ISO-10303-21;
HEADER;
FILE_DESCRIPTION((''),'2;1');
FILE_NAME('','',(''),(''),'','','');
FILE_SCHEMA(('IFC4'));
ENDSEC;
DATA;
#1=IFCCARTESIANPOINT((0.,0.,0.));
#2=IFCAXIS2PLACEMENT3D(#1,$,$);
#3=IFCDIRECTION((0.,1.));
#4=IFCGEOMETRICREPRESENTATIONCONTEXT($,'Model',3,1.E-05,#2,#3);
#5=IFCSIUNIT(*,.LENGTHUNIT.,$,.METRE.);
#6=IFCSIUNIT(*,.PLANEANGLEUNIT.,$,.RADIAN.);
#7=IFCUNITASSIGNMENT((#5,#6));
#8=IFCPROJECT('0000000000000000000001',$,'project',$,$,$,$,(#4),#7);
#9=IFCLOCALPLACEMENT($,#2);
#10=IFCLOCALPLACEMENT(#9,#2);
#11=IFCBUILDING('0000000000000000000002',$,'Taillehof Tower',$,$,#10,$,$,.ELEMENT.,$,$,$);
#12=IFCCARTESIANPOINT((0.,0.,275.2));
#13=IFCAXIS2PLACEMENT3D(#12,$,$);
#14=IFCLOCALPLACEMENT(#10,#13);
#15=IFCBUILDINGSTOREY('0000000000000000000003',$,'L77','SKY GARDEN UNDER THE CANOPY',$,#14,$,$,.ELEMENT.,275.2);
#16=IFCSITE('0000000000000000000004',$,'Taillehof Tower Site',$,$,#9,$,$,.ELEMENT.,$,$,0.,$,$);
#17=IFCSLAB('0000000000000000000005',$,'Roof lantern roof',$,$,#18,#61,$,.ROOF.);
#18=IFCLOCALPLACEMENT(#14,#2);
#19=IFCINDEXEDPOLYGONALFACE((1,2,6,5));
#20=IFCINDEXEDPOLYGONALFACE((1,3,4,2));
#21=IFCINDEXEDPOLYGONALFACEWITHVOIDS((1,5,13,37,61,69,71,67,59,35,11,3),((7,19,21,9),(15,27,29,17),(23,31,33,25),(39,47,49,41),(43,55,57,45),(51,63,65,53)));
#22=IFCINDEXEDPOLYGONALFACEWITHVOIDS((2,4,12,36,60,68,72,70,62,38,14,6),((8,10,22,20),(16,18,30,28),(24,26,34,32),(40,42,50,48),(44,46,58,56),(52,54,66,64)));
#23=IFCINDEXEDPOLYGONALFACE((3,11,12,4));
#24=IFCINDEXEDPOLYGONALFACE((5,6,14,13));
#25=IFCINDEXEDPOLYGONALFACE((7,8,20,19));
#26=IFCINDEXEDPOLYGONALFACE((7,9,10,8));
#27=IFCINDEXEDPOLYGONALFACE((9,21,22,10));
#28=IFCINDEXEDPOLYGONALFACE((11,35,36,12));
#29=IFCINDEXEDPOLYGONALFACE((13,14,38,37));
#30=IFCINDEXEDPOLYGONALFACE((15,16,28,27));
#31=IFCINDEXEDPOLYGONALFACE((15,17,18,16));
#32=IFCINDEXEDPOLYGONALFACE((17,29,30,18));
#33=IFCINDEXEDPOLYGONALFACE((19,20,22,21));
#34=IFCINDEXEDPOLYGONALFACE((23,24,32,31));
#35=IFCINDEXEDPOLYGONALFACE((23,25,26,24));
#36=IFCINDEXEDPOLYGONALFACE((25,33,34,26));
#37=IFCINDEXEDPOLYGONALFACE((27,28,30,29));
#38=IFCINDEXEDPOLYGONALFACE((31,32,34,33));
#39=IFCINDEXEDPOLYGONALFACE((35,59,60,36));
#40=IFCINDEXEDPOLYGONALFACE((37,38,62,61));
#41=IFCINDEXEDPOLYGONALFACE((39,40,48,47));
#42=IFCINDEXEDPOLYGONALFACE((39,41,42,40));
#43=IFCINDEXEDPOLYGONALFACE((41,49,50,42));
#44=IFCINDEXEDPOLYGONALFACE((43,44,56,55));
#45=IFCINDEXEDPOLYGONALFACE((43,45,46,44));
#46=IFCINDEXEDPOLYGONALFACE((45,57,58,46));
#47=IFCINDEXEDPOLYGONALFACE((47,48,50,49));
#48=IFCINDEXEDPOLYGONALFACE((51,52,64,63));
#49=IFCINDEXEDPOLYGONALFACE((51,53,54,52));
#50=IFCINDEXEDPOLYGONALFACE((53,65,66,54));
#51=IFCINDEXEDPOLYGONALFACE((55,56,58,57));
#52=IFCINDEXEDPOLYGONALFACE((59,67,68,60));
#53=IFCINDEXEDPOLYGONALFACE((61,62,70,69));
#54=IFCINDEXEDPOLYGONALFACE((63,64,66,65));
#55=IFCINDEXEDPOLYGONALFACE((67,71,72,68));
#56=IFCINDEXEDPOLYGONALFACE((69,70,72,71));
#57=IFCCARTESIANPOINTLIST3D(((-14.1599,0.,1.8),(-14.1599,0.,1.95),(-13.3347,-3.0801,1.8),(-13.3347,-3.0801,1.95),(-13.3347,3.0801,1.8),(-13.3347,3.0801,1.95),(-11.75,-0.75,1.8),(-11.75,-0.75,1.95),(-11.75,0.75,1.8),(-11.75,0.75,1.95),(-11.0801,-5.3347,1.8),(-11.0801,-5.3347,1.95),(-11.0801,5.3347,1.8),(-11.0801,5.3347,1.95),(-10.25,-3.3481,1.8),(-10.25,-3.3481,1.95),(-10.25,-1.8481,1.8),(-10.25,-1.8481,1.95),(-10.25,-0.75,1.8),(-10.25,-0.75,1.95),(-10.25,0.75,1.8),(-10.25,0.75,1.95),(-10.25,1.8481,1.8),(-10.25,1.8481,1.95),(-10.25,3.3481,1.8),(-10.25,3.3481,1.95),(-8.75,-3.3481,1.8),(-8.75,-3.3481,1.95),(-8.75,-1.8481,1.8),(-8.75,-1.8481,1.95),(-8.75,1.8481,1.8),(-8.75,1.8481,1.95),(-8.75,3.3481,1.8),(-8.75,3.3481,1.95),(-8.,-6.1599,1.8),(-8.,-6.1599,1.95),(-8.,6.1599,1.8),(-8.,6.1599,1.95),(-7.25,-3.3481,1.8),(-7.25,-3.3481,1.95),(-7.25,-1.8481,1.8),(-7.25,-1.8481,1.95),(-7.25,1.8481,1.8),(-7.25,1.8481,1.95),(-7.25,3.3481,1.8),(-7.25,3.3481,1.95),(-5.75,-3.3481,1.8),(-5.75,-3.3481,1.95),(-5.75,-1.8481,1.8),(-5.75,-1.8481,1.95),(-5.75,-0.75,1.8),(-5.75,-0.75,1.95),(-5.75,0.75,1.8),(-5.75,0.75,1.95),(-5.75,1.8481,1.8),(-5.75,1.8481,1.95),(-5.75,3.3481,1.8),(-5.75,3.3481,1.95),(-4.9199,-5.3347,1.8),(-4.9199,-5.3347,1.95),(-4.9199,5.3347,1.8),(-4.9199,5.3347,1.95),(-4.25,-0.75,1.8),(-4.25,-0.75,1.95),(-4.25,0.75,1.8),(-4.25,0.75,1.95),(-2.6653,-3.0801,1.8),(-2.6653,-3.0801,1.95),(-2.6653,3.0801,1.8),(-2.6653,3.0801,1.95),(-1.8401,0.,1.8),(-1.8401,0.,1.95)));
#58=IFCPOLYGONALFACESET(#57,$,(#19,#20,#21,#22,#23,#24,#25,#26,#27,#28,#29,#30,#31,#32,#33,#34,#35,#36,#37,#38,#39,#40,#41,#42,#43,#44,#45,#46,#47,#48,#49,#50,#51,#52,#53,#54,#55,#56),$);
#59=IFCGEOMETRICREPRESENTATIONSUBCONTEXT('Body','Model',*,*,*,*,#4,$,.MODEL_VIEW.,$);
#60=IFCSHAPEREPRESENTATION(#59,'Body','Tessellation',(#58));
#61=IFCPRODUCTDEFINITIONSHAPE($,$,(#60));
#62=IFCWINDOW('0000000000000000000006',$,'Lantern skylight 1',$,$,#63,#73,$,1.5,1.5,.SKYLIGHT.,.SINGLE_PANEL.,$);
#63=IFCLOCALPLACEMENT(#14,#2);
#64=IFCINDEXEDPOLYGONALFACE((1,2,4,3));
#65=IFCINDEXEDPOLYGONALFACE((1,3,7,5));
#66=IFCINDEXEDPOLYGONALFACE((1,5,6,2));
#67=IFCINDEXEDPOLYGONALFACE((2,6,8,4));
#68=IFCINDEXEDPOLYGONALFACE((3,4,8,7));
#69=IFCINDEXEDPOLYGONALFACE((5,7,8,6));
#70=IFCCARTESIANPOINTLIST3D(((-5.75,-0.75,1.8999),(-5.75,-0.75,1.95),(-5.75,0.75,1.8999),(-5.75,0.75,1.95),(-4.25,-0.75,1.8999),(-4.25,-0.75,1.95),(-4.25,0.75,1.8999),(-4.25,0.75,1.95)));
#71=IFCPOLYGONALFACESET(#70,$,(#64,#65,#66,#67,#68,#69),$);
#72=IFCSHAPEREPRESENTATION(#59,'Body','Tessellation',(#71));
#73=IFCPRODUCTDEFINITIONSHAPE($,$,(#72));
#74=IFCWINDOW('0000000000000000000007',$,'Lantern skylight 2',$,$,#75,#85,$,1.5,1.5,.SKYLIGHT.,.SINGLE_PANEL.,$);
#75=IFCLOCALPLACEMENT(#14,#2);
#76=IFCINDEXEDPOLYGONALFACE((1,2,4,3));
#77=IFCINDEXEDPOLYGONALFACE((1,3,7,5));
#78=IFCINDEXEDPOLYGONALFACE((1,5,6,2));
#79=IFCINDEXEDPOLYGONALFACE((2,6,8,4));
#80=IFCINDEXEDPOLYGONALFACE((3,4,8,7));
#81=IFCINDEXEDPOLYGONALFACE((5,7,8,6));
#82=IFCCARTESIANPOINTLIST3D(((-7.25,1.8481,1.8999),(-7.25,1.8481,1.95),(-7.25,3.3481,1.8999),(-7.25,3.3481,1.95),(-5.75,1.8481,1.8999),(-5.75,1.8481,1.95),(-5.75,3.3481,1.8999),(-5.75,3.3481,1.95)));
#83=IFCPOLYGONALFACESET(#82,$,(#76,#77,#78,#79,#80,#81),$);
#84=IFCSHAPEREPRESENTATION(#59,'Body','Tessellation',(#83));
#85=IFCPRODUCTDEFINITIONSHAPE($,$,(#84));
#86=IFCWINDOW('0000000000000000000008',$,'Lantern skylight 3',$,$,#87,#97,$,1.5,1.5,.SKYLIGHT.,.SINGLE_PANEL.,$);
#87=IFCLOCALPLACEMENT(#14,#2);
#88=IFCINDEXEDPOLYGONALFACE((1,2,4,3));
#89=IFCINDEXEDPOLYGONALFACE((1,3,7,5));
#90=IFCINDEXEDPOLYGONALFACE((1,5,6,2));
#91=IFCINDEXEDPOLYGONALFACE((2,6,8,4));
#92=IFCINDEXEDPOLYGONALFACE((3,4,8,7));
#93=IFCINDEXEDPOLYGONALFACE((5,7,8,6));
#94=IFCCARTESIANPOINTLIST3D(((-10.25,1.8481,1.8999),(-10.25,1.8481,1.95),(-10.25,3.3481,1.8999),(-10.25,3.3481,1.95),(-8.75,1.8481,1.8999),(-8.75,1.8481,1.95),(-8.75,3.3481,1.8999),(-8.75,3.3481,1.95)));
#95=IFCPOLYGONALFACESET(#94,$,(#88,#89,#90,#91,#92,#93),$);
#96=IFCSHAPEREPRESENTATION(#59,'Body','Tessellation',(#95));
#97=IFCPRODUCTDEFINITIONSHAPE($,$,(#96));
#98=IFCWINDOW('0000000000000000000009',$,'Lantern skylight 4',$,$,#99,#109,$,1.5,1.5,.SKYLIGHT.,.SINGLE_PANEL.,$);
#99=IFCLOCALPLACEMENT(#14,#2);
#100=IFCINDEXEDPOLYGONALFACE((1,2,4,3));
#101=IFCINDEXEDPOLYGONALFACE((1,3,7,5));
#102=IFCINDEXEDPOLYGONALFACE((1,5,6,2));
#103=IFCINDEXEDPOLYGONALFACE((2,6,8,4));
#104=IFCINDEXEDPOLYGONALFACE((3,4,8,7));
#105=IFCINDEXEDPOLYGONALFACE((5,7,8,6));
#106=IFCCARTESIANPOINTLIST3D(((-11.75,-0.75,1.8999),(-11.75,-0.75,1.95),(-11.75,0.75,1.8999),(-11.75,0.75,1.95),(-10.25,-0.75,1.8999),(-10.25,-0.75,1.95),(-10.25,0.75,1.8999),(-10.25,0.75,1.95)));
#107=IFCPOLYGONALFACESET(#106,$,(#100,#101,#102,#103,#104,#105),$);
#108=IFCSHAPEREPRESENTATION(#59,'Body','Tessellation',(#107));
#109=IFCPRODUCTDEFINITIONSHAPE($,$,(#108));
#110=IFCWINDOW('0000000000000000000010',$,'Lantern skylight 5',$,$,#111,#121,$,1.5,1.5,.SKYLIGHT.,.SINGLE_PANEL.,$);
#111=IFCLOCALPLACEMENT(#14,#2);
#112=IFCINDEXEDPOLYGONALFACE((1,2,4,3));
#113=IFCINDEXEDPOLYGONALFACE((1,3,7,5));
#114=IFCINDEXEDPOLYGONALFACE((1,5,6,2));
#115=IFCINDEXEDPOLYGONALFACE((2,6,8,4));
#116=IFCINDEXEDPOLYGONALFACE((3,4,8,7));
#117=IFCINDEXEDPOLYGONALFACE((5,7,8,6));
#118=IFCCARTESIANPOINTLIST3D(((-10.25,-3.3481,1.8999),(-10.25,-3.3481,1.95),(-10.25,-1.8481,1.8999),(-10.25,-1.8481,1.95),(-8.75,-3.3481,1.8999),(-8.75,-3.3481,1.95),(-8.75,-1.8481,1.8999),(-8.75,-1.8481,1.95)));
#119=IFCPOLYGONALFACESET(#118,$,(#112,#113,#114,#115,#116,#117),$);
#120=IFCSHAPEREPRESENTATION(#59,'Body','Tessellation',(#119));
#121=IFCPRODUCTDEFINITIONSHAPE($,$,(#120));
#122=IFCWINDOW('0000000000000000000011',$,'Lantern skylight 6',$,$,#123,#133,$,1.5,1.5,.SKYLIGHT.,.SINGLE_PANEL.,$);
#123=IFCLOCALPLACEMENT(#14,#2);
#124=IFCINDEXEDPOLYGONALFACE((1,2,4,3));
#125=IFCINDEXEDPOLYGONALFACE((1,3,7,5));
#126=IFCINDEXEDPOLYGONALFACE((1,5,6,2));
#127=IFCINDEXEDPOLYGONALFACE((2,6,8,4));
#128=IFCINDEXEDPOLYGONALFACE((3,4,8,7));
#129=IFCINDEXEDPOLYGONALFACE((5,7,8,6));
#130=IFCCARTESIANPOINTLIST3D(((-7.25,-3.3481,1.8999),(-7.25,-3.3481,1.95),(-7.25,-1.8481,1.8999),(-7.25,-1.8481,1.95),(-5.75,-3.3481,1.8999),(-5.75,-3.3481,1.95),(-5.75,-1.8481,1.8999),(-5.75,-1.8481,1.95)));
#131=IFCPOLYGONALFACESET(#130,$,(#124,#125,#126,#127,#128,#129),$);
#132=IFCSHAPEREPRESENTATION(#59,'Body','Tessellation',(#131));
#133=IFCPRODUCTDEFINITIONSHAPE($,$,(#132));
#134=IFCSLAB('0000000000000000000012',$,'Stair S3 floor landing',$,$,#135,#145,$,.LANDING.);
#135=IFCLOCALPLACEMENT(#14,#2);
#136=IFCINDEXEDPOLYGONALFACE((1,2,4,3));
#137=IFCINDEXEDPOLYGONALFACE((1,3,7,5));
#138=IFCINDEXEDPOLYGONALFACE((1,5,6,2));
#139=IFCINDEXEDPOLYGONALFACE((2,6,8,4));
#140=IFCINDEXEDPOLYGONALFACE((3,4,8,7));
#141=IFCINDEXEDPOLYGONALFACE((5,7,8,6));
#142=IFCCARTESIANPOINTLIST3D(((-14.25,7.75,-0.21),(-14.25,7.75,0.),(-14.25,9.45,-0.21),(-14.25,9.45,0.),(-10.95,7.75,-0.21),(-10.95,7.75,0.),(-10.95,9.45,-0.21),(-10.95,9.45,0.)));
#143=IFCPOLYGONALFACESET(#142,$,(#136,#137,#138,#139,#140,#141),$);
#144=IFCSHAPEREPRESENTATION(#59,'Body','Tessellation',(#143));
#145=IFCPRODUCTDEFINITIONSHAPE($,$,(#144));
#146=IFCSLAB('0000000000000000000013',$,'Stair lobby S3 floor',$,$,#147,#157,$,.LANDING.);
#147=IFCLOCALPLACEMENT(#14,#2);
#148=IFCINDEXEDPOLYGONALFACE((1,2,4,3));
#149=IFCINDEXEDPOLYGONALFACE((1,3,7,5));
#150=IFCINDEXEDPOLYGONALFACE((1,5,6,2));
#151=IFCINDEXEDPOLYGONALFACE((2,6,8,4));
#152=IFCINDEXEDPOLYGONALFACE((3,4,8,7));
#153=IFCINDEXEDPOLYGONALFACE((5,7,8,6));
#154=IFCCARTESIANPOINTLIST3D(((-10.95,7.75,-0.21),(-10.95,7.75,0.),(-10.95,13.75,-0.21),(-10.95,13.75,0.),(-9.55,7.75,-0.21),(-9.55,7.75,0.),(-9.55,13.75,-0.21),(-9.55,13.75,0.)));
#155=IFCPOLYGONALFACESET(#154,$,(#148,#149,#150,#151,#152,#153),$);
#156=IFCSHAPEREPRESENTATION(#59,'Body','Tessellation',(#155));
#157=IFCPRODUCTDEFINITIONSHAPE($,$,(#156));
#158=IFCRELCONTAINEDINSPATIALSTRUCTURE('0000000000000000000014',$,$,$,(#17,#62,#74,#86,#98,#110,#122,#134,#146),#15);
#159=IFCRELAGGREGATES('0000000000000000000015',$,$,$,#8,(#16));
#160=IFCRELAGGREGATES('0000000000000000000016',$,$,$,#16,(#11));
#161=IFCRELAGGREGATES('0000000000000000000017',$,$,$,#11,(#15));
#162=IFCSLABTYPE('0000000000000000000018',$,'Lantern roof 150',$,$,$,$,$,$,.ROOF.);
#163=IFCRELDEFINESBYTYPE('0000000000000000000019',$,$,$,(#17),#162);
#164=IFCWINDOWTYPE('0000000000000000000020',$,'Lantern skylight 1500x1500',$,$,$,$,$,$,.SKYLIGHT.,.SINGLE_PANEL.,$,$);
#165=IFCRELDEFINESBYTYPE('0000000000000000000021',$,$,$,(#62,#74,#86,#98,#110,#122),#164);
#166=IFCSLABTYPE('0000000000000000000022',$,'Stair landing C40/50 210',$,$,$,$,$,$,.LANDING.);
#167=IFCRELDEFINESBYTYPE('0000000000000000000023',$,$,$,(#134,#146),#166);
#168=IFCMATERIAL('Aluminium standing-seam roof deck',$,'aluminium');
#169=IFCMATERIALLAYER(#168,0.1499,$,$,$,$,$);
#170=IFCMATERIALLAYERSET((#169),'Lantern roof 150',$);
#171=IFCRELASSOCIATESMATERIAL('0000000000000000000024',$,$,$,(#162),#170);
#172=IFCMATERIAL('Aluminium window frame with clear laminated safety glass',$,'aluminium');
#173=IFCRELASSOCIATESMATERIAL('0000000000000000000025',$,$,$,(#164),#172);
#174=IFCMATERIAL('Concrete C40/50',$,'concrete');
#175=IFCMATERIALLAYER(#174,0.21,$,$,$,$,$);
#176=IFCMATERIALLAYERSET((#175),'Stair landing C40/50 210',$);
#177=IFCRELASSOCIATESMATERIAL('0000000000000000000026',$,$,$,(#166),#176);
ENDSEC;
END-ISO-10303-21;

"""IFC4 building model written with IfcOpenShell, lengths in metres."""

from ifc_helpers import new_model, si_unit, direction, frame, origin, origin_2d, place, context, subcontext, project, spatial, polyline, rectangle, outline, extrude, material, layer, layer_set, type_object, element, fill, save


model = new_model("IFC4")

# Units and contexts
model_context = context("Model", 3, precision=1e-05, world=origin(), true_north=direction((0.0, 1.0)))
body_context = subcontext(model_context, "Body", "Model", "MODEL_VIEW")
ifc_project = project(units=[si_unit("LENGTHUNIT", "METRE"), si_unit("PLANEANGLEUNIT", "RADIAN")], contexts=[model_context])

# Site, building, storey
site_placement = place(None, origin())
site = spatial("IfcSite", under=ifc_project, at=site_placement, Name="Taillehof Tower Site", CompositionType="ELEMENT", RefElevation=0.0)
building_placement = place(site_placement, origin())
building = spatial("IfcBuilding", under=site, at=building_placement, Name="Taillehof Tower", CompositionType="ELEMENT")
storey_placement = place(building_placement, frame((0.0, 0.0, 275.2)))
storey = spatial("IfcBuildingStorey", under=building, at=storey_placement, Name="L77", Description="SKY GARDEN UNDER THE CANOPY", CompositionType="ELEMENT", Elevation=275.2)

# Slab, openings, windows
ifc_material_1 = material(Name="Aluminium standing-seam roof deck", Category="aluminium")
ifc_layer_1 = layer(ifc_material_1, 0.1499)
ifc_layer_set_1 = layer_set([ifc_layer_1], Name="Lantern roof 150")
slab_type_1 = type_object("IfcSlabType", Name="Lantern roof 150", PredefinedType="ROOF", material=ifc_layer_set_1)
slab_1_placement = place(storey_placement, frame((0.0, 0.0, 1.8)))
slab_1 = element("IfcSlab", 1, at=slab_1_placement, inside=storey, type_object=slab_type_1, Name="Roof lantern roof", PredefinedType="ROOF", context=body_context, shape_type="SweptSolid", body=[
    extrude(outline(polyline([(-1.8401, 0.0), (-2.6653, 3.0801), (-4.9199, 5.3347), (-8.0, 6.1599), (-11.0801, 5.3347), (-13.3347, 3.0801), (-14.1599, 0.0), (-13.3347, -3.0801), (-11.0801, -5.3347), (-8.0, -6.1599), (-4.9199, -5.3347), (-2.6653, -3.0801), (-1.8401, 0.0)])), origin(), (0.0, 0.0, 1.0), 0.1499),
])
opening_1_placement = place(slab_1_placement, frame((-5.0, 0.0, 0.0)))
opening_1 = element("IfcOpeningElement", 2, at=opening_1_placement, cuts=slab_1, PredefinedType="OPENING", context=body_context, shape_type="SweptSolid", body=[
    extrude(rectangle(XDim=1.5, YDim=1.5, at=origin_2d()), origin(), (0.0, 0.0, 1.0), 0.1499),
])
opening_2_placement = place(slab_1_placement, frame((-6.5, 2.5981, 0.0)))
opening_2 = element("IfcOpeningElement", 3, at=opening_2_placement, cuts=slab_1, PredefinedType="OPENING", context=body_context, shape_type="SweptSolid", body=[
    extrude(rectangle(XDim=1.5, YDim=1.5, at=origin_2d()), origin(), (0.0, 0.0, 1.0), 0.1499),
])
opening_3_placement = place(slab_1_placement, frame((-9.5, 2.5981, 0.0)))
opening_3 = element("IfcOpeningElement", 4, at=opening_3_placement, cuts=slab_1, PredefinedType="OPENING", context=body_context, shape_type="SweptSolid", body=[
    extrude(rectangle(XDim=1.5, YDim=1.5, at=origin_2d()), origin(), (0.0, 0.0, 1.0), 0.1499),
])
opening_4_placement = place(slab_1_placement, frame((-11.0, 0.0, 0.0)))
opening_4 = element("IfcOpeningElement", 5, at=opening_4_placement, cuts=slab_1, PredefinedType="OPENING", context=body_context, shape_type="SweptSolid", body=[
    extrude(rectangle(XDim=1.5, YDim=1.5, at=origin_2d()), origin(), (0.0, 0.0, 1.0), 0.1499),
])
opening_5_placement = place(slab_1_placement, frame((-9.5, -2.5981, 0.0)))
opening_5 = element("IfcOpeningElement", 6, at=opening_5_placement, cuts=slab_1, PredefinedType="OPENING", context=body_context, shape_type="SweptSolid", body=[
    extrude(rectangle(XDim=1.5, YDim=1.5, at=origin_2d()), origin(), (0.0, 0.0, 1.0), 0.1499),
])
opening_6_placement = place(slab_1_placement, frame((-6.5, -2.5981, 0.0)))
opening_6 = element("IfcOpeningElement", 7, at=opening_6_placement, cuts=slab_1, PredefinedType="OPENING", context=body_context, shape_type="SweptSolid", body=[
    extrude(rectangle(XDim=1.5, YDim=1.5, at=origin_2d()), origin(), (0.0, 0.0, 1.0), 0.1499),
])
ifc_material_2 = material(Name="Aluminium window frame with clear laminated safety glass", Category="aluminium")
window_type = type_object("IfcWindowType", Name="Lantern skylight 1500x1500", PartitioningType="SINGLE_PANEL", PredefinedType="SKYLIGHT", material=ifc_material_2)
window_1_placement = place(opening_1_placement, frame((0.0, 0.0, 0.0999)))
window_1 = element("IfcWindow", 8, at=window_1_placement, inside=storey, type_object=window_type, Name="Lantern skylight 1", OverallHeight=1.5, OverallWidth=1.5, PartitioningType="SINGLE_PANEL", PredefinedType="SKYLIGHT", context=body_context, shape_type="SweptSolid", body=[
    extrude(rectangle(XDim=1.5, YDim=1.5, at=origin_2d()), origin(), (0.0, 0.0, 1.0), 0.05),
])
fill(opening_1, window_1)
window_2_placement = place(opening_2_placement, frame((0.0, 0.0, 0.0999)))
window_2 = element("IfcWindow", 9, at=window_2_placement, inside=storey, type_object=window_type, Name="Lantern skylight 2", OverallHeight=1.5, OverallWidth=1.5, PartitioningType="SINGLE_PANEL", PredefinedType="SKYLIGHT", context=body_context, shape_type="SweptSolid", body=[
    extrude(rectangle(XDim=1.5, YDim=1.5, at=origin_2d()), origin(), (0.0, 0.0, 1.0), 0.05),
])
fill(opening_2, window_2)
window_3_placement = place(opening_3_placement, frame((0.0, 0.0, 0.0999)))
window_3 = element("IfcWindow", 10, at=window_3_placement, inside=storey, type_object=window_type, Name="Lantern skylight 3", OverallHeight=1.5, OverallWidth=1.5, PartitioningType="SINGLE_PANEL", PredefinedType="SKYLIGHT", context=body_context, shape_type="SweptSolid", body=[
    extrude(rectangle(XDim=1.5, YDim=1.5, at=origin_2d()), origin(), (0.0, 0.0, 1.0), 0.05),
])
fill(opening_3, window_3)
window_4_placement = place(opening_4_placement, frame((0.0, 0.0, 0.0999)))
window_4 = element("IfcWindow", 11, at=window_4_placement, inside=storey, type_object=window_type, Name="Lantern skylight 4", OverallHeight=1.5, OverallWidth=1.5, PartitioningType="SINGLE_PANEL", PredefinedType="SKYLIGHT", context=body_context, shape_type="SweptSolid", body=[
    extrude(rectangle(XDim=1.5, YDim=1.5, at=origin_2d()), origin(), (0.0, 0.0, 1.0), 0.05),
])
fill(opening_4, window_4)
window_5_placement = place(opening_5_placement, frame((0.0, 0.0, 0.0999)))
window_5 = element("IfcWindow", 12, at=window_5_placement, inside=storey, type_object=window_type, Name="Lantern skylight 5", OverallHeight=1.5, OverallWidth=1.5, PartitioningType="SINGLE_PANEL", PredefinedType="SKYLIGHT", context=body_context, shape_type="SweptSolid", body=[
    extrude(rectangle(XDim=1.5, YDim=1.5, at=origin_2d()), origin(), (0.0, 0.0, 1.0), 0.05),
])
fill(opening_5, window_5)
window_6_placement = place(opening_6_placement, frame((0.0, 0.0, 0.0999)))
window_6 = element("IfcWindow", 13, at=window_6_placement, inside=storey, type_object=window_type, Name="Lantern skylight 6", OverallHeight=1.5, OverallWidth=1.5, PartitioningType="SINGLE_PANEL", PredefinedType="SKYLIGHT", context=body_context, shape_type="SweptSolid", body=[
    extrude(rectangle(XDim=1.5, YDim=1.5, at=origin_2d()), origin(), (0.0, 0.0, 1.0), 0.05),
])
fill(opening_6, window_6)

# Slabs
ifc_material_3 = material(Name="Concrete C40/50", Category="concrete")
ifc_layer_2 = layer(ifc_material_3, 0.21)
ifc_layer_set_2 = layer_set([ifc_layer_2], Name="Stair landing C40/50 210")
slab_type_2 = type_object("IfcSlabType", Name="Stair landing C40/50 210", PredefinedType="LANDING", material=ifc_layer_set_2)
slab_2_placement = place(storey_placement, frame((0.0, 0.0, -0.21)))
element("IfcSlab", 14, at=slab_2_placement, inside=storey, type_object=slab_type_2, Name="Stair S3 floor landing", PredefinedType="LANDING", context=body_context, shape_type="SweptSolid", body=[
    extrude(outline(polyline([(-14.25, 7.75), (-14.25, 9.45), (-10.95, 9.45), (-10.95, 7.75), (-14.25, 7.75)])), origin(), (0.0, 0.0, 1.0), 0.21),
])
slab_3_placement = place(storey_placement, frame((0.0, 0.0, -0.21)))
element("IfcSlab", 15, at=slab_3_placement, inside=storey, type_object=slab_type_2, Name="Stair lobby S3 floor", PredefinedType="LANDING", context=body_context, shape_type="SweptSolid", body=[
    extrude(outline(polyline([(-10.95, 7.75), (-9.55, 7.75), (-9.55, 13.75), (-10.95, 13.75), (-10.95, 7.75)])), origin(), (0.0, 0.0, 1.0), 0.21),
])

save(model, "model.ifc")
